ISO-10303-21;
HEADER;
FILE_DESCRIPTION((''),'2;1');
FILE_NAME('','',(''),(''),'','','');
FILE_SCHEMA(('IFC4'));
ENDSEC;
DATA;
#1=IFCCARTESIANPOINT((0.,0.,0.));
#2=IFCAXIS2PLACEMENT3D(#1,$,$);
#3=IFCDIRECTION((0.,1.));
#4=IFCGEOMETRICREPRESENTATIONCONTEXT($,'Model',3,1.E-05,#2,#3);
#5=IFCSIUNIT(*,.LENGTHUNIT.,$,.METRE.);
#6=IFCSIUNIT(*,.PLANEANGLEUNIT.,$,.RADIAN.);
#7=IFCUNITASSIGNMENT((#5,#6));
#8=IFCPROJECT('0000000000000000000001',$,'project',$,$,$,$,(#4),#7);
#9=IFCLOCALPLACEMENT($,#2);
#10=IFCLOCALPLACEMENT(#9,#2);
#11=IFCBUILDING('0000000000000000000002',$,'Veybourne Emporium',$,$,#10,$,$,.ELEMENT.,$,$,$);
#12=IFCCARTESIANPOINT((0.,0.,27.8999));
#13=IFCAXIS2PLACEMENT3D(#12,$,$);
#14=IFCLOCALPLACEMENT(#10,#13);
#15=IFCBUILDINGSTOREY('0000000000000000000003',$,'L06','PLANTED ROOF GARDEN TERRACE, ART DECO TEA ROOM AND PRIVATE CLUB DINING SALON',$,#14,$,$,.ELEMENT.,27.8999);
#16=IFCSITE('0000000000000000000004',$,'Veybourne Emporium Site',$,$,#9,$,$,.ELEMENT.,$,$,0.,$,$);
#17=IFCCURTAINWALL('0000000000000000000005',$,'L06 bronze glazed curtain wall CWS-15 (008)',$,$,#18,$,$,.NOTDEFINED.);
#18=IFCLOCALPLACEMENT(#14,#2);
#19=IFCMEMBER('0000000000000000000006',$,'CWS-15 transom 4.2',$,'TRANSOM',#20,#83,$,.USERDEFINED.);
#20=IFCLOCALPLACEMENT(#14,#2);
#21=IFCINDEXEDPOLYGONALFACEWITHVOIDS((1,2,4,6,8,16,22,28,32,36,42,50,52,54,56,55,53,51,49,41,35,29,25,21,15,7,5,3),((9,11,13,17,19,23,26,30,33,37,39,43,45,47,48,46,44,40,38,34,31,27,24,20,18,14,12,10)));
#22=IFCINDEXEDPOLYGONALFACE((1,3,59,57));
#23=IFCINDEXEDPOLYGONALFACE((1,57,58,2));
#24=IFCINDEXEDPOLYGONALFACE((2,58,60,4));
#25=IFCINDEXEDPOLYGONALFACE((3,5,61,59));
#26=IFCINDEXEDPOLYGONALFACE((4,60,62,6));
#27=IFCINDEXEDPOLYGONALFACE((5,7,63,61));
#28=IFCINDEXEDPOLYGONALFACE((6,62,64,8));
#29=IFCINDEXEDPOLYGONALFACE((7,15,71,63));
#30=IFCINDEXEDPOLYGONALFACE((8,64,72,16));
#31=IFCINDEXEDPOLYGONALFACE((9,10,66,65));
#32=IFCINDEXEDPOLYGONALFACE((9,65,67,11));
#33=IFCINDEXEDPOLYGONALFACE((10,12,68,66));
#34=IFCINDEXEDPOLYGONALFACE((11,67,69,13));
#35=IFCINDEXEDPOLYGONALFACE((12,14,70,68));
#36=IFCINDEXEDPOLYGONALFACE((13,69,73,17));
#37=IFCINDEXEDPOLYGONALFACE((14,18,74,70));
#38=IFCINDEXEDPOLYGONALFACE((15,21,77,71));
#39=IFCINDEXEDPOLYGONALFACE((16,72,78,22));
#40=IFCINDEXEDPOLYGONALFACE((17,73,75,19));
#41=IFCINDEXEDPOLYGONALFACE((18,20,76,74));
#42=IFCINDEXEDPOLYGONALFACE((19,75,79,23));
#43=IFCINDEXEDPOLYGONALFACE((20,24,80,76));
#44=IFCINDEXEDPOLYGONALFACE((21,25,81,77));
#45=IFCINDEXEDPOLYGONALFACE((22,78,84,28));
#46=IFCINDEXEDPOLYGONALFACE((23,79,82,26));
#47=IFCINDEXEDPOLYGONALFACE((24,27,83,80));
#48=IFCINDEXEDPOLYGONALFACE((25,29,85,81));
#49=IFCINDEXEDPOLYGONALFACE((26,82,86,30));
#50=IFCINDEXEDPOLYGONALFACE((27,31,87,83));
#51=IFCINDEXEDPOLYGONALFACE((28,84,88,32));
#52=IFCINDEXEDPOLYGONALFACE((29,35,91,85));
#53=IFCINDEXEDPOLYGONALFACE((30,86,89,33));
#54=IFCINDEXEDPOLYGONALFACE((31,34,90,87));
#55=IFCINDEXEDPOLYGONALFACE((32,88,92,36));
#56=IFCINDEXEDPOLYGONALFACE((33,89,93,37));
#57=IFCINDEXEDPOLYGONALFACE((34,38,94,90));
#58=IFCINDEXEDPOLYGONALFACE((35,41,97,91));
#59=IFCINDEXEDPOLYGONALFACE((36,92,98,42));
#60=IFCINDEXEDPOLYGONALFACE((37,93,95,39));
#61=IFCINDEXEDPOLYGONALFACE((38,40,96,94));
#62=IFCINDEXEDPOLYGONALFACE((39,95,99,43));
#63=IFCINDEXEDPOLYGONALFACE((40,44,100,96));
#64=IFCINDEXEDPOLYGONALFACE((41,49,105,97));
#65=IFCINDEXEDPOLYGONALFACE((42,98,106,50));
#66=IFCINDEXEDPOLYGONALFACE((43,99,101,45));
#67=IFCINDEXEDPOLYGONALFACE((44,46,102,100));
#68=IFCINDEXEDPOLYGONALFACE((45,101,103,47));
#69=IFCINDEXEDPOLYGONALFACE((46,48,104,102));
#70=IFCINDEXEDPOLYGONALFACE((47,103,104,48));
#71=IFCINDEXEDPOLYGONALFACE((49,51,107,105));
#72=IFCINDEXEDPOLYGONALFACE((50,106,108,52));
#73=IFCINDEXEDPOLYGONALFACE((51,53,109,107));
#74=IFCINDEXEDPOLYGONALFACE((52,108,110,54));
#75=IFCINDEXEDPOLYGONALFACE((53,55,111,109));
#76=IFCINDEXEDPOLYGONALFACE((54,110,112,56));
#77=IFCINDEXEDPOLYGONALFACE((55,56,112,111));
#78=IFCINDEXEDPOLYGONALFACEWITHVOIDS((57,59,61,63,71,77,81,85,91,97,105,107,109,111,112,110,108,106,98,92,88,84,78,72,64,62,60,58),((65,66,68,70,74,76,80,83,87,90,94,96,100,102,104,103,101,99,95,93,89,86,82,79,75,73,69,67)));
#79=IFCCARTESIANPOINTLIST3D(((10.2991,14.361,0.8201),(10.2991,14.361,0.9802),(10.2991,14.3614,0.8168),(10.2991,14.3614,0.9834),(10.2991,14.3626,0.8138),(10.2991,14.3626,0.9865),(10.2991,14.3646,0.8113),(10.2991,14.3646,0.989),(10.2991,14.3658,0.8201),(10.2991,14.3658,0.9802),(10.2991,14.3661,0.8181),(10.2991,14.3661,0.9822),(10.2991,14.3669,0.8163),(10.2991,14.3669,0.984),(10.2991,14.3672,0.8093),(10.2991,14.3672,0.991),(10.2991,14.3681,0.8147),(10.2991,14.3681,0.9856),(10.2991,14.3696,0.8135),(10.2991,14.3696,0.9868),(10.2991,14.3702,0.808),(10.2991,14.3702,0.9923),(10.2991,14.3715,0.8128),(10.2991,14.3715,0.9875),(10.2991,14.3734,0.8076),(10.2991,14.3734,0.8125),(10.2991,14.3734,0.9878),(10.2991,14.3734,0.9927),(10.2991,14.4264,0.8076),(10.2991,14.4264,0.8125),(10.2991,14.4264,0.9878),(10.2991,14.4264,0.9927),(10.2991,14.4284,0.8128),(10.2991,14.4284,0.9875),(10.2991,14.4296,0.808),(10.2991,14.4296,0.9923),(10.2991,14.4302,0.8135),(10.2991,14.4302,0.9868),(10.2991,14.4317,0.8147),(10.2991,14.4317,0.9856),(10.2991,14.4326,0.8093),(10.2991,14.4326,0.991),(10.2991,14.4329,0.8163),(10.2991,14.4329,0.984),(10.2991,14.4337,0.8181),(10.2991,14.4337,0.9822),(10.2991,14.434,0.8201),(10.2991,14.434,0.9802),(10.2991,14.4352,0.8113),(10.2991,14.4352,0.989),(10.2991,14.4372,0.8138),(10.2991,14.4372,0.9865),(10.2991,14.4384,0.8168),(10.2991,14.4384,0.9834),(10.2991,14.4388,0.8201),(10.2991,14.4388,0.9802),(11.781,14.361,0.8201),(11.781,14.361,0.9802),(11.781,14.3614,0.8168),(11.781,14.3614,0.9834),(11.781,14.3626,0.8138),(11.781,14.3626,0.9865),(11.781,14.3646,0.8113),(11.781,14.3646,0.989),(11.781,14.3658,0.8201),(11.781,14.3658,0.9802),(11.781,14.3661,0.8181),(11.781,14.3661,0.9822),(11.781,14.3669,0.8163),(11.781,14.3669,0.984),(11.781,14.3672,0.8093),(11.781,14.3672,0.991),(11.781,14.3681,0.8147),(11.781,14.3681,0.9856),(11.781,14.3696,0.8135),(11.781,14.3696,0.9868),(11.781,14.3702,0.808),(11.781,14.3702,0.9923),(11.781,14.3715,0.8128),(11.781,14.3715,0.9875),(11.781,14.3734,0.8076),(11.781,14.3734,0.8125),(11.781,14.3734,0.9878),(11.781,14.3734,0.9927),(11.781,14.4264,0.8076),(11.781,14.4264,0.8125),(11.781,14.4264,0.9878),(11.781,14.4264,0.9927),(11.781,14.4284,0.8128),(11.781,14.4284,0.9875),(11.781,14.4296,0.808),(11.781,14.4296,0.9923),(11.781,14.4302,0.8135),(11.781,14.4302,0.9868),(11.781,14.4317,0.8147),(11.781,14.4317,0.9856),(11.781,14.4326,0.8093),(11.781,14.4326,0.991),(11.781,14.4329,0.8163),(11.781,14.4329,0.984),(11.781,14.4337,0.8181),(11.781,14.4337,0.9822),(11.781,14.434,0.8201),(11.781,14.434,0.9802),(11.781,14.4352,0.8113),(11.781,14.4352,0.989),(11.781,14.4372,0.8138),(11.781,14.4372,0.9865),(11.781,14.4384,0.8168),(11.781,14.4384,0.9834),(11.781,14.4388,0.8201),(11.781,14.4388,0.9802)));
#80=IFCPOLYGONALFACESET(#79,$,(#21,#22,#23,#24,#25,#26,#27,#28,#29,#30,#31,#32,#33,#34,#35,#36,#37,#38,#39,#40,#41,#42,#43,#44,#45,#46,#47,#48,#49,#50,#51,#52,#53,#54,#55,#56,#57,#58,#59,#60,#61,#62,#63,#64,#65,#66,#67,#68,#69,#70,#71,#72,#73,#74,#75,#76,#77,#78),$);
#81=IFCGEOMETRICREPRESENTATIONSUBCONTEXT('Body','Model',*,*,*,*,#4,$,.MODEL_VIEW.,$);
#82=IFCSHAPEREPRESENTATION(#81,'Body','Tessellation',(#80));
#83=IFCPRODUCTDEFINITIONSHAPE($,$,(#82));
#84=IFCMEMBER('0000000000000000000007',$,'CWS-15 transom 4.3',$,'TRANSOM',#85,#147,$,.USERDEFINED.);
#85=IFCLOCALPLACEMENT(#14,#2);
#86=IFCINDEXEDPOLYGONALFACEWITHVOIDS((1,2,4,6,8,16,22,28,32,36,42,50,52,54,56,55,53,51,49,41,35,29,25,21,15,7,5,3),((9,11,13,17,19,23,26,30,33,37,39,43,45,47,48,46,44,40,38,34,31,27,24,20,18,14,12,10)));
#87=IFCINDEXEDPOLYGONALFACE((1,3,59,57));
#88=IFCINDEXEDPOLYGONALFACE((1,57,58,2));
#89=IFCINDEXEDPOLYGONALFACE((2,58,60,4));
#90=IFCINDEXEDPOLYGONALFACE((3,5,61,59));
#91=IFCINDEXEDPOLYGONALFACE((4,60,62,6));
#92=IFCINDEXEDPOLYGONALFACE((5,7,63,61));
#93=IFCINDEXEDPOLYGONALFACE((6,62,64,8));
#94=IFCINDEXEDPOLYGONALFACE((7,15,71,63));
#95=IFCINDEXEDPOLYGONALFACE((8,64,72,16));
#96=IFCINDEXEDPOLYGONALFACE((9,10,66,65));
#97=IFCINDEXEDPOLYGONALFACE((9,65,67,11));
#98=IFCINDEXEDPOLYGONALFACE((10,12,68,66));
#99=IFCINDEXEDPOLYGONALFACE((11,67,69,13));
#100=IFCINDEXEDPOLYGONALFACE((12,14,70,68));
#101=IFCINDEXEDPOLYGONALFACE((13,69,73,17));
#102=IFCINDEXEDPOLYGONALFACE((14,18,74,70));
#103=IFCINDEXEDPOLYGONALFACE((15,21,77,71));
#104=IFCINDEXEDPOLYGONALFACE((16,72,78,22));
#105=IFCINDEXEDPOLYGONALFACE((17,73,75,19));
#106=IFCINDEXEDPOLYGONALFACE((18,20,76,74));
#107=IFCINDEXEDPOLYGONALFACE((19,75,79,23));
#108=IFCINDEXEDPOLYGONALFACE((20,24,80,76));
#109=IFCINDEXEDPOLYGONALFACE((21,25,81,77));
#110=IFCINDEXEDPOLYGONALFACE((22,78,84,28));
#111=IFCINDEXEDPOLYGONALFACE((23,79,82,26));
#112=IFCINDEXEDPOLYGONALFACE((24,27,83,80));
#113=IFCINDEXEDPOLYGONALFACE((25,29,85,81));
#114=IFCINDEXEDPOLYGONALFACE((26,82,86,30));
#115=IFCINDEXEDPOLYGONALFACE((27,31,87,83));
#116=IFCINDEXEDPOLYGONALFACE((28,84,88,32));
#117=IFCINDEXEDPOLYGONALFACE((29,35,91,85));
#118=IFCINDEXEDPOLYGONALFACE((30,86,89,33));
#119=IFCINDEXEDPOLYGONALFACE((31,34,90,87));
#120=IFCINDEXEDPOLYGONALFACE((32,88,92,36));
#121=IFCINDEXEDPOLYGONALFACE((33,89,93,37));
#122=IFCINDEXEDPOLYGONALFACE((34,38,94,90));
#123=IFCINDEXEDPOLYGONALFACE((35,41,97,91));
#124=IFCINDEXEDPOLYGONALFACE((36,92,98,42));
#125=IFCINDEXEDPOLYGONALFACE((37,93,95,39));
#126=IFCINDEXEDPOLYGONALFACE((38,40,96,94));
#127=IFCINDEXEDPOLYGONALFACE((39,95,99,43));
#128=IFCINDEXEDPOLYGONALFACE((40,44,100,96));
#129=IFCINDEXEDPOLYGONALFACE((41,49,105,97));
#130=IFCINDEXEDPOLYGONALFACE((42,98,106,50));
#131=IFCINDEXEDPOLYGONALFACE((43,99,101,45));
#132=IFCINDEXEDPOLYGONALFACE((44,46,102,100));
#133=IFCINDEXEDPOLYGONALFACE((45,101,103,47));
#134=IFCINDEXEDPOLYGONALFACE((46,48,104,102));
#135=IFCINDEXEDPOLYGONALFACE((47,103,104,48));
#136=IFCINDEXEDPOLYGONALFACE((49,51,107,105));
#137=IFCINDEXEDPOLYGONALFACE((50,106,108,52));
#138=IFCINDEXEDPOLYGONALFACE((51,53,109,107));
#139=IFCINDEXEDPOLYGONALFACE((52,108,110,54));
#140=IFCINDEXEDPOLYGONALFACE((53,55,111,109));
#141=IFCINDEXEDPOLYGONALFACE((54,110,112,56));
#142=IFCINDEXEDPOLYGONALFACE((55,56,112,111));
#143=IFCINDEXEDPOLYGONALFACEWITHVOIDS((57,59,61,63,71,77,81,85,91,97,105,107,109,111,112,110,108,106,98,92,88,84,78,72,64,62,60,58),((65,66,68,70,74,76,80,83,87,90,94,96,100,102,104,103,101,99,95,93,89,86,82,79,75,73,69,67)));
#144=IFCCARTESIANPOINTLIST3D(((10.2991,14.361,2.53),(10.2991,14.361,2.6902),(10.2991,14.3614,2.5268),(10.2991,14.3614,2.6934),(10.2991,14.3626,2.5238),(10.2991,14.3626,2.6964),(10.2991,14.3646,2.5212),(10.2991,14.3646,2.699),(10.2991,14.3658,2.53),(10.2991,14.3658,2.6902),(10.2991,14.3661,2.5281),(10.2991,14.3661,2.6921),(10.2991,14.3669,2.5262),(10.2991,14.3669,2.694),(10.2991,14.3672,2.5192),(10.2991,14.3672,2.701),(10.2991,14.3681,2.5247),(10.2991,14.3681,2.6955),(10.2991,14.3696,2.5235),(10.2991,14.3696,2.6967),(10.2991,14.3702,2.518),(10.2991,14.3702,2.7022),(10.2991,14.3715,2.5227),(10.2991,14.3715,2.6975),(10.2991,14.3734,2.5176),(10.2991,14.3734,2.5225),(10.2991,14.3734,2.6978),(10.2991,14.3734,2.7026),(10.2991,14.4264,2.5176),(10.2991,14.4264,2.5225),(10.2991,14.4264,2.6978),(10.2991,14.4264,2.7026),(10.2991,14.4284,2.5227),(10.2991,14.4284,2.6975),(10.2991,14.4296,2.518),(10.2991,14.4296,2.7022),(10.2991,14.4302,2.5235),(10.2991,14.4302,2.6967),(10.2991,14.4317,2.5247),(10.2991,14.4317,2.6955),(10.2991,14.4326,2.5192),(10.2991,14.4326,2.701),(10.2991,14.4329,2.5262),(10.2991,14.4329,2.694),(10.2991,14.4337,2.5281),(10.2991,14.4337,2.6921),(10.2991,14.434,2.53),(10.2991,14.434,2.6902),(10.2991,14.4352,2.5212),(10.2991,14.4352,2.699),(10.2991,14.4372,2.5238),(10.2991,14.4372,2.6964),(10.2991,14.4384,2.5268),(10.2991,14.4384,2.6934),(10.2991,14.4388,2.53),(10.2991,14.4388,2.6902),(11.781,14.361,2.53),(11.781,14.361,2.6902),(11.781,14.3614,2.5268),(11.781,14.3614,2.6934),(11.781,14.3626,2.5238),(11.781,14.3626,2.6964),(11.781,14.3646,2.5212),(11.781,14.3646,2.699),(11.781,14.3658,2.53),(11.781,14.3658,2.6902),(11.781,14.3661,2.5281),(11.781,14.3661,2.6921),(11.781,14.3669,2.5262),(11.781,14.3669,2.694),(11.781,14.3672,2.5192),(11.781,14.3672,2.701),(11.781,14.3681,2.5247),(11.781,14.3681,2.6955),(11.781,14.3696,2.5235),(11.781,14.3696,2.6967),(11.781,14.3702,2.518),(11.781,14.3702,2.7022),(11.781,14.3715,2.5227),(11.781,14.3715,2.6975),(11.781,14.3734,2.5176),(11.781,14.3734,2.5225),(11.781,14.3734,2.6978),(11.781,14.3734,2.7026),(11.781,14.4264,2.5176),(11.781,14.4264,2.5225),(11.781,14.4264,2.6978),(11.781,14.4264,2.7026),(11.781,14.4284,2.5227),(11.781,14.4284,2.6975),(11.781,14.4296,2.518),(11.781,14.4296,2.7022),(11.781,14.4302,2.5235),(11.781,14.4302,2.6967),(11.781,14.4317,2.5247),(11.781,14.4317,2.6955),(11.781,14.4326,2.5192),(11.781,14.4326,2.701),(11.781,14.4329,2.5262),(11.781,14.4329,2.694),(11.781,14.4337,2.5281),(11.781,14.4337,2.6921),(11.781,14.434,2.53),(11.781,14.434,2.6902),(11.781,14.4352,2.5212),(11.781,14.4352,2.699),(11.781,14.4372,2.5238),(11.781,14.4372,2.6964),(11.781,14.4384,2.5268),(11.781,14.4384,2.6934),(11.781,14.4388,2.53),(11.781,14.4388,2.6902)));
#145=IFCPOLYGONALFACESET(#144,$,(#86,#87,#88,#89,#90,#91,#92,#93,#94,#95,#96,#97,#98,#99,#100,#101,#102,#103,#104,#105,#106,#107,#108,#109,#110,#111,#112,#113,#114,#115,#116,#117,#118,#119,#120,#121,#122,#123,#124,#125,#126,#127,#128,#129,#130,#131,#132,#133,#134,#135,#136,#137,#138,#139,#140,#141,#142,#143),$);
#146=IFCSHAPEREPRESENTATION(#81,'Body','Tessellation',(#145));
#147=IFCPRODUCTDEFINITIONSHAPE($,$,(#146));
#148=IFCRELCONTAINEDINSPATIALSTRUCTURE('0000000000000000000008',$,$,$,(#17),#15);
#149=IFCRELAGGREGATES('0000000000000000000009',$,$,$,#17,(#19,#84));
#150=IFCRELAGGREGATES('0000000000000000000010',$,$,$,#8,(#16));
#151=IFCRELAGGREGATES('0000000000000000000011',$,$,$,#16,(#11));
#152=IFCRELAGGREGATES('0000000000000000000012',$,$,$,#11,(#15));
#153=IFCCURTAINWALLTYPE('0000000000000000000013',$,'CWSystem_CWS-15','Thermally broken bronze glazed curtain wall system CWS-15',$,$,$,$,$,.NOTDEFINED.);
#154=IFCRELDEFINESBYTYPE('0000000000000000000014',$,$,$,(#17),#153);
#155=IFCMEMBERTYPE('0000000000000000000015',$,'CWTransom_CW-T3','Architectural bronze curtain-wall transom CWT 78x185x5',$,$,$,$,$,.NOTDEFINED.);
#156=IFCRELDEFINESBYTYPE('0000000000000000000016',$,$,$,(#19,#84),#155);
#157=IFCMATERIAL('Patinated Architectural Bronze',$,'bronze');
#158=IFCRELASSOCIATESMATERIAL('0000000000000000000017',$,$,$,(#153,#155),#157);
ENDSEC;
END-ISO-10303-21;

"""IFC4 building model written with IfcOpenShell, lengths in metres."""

from ifc_helpers import new_model, si_unit, direction, frame, origin, origin_2d, place, context, subcontext, project, spatial, hollow_rectangle, extrude, material, material_profile, profile_set, type_object, element, aggregate, save


model = new_model("IFC4")

# Units and contexts
model_context = context("Model", 3, precision=1e-05, world=origin(), true_north=direction((0.0, 1.0)))
body_context = subcontext(model_context, "Body", "Model", "MODEL_VIEW")
ifc_project = project(units=[si_unit("LENGTHUNIT", "METRE"), si_unit("PLANEANGLEUNIT", "RADIAN")], contexts=[model_context])

# Site, building, storey
site_placement = place(None, origin())
site = spatial("IfcSite", under=ifc_project, at=site_placement, Name="Veybourne Emporium Site", CompositionType="ELEMENT", RefElevation=0.0)
building_placement = place(site_placement, origin())
building = spatial("IfcBuilding", under=site, at=building_placement, Name="Veybourne Emporium", CompositionType="ELEMENT")
storey_placement = place(building_placement, frame((0.0, 0.0, 27.8999)))
storey = spatial("IfcBuildingStorey", under=building, at=storey_placement, Name="L06", Description="PLANTED ROOF GARDEN TERRACE, ART DECO TEA ROOM AND PRIVATE CLUB DINING SALON", CompositionType="ELEMENT", Elevation=27.8999)

# Curtain wall, members
ifc_material_1 = material(Name="Patinated Architectural Bronze", Category="bronze")
curtain_wall_type = type_object("IfcCurtainWallType", Name="CWSystem_CWS-15", Description="Thermally broken bronze glazed curtain wall system CWS-15", PredefinedType="NOTDEFINED", material=ifc_material_1)
curtain_wall_placement = place(storey_placement, origin())
curtain_wall = element("IfcCurtainWall", 1, at=curtain_wall_placement, inside=storey, type_object=curtain_wall_type, Name="L06 bronze glazed curtain wall CWS-15 (008)", PredefinedType="NOTDEFINED")
ifc_material_profile_1 = material_profile(ifc_material_1, hollow_rectangle(XDim=0.0779, YDim=0.1851, WallThickness=0.0049, InnerFilletRadius=0.0076, OuterFilletRadius=0.0125, at=origin_2d()), Name="CWT 78x185x5")
ifc_profile_set_1 = profile_set([ifc_material_profile_1], Name="Patinated Architectural Bronze")
member_type_1 = type_object("IfcMemberType", Name="CWTransom_CW-T3", Description="Architectural bronze curtain-wall transom CWT 78x185x5", PredefinedType="NOTDEFINED", material=ifc_profile_set_1)
member_1_placement = place(storey_placement, frame((11.781, 14.3999, 0.9001), z_axis=(-1.0, 0.0, 0.0), x_axis=(0.0, -1.0, 0.0)))
member_1 = element("IfcMember", 2, at=member_1_placement, type_object=member_type_1, Name="CWS-15 transom 4.2", ObjectType="TRANSOM", PredefinedType="USERDEFINED", context=body_context, shape_type="SweptSolid", body=[
    extrude(hollow_rectangle(XDim=0.0779, YDim=0.1851, WallThickness=0.0049, InnerFilletRadius=0.0076, OuterFilletRadius=0.0125, at=origin_2d()), origin(), (0.0, 0.0, 1.0), 1.4819),
])
member_2_placement = place(storey_placement, frame((11.781, 14.3999, 2.6101), z_axis=(-1.0, 0.0, 0.0), x_axis=(0.0, -1.0, 0.0)))
member_2 = element("IfcMember", 3, at=member_2_placement, type_object=member_type_1, Name="CWS-15 transom 4.3", ObjectType="TRANSOM", PredefinedType="USERDEFINED", context=body_context, shape_type="SweptSolid", body=[
    extrude(hollow_rectangle(XDim=0.0779, YDim=0.1851, WallThickness=0.0049, InnerFilletRadius=0.0076, OuterFilletRadius=0.0125, at=origin_2d()), origin(), (0.0, 0.0, 1.0), 1.4819),
])
aggregate(curtain_wall, [member_1, member_2])

save(model, "model.ifc")
